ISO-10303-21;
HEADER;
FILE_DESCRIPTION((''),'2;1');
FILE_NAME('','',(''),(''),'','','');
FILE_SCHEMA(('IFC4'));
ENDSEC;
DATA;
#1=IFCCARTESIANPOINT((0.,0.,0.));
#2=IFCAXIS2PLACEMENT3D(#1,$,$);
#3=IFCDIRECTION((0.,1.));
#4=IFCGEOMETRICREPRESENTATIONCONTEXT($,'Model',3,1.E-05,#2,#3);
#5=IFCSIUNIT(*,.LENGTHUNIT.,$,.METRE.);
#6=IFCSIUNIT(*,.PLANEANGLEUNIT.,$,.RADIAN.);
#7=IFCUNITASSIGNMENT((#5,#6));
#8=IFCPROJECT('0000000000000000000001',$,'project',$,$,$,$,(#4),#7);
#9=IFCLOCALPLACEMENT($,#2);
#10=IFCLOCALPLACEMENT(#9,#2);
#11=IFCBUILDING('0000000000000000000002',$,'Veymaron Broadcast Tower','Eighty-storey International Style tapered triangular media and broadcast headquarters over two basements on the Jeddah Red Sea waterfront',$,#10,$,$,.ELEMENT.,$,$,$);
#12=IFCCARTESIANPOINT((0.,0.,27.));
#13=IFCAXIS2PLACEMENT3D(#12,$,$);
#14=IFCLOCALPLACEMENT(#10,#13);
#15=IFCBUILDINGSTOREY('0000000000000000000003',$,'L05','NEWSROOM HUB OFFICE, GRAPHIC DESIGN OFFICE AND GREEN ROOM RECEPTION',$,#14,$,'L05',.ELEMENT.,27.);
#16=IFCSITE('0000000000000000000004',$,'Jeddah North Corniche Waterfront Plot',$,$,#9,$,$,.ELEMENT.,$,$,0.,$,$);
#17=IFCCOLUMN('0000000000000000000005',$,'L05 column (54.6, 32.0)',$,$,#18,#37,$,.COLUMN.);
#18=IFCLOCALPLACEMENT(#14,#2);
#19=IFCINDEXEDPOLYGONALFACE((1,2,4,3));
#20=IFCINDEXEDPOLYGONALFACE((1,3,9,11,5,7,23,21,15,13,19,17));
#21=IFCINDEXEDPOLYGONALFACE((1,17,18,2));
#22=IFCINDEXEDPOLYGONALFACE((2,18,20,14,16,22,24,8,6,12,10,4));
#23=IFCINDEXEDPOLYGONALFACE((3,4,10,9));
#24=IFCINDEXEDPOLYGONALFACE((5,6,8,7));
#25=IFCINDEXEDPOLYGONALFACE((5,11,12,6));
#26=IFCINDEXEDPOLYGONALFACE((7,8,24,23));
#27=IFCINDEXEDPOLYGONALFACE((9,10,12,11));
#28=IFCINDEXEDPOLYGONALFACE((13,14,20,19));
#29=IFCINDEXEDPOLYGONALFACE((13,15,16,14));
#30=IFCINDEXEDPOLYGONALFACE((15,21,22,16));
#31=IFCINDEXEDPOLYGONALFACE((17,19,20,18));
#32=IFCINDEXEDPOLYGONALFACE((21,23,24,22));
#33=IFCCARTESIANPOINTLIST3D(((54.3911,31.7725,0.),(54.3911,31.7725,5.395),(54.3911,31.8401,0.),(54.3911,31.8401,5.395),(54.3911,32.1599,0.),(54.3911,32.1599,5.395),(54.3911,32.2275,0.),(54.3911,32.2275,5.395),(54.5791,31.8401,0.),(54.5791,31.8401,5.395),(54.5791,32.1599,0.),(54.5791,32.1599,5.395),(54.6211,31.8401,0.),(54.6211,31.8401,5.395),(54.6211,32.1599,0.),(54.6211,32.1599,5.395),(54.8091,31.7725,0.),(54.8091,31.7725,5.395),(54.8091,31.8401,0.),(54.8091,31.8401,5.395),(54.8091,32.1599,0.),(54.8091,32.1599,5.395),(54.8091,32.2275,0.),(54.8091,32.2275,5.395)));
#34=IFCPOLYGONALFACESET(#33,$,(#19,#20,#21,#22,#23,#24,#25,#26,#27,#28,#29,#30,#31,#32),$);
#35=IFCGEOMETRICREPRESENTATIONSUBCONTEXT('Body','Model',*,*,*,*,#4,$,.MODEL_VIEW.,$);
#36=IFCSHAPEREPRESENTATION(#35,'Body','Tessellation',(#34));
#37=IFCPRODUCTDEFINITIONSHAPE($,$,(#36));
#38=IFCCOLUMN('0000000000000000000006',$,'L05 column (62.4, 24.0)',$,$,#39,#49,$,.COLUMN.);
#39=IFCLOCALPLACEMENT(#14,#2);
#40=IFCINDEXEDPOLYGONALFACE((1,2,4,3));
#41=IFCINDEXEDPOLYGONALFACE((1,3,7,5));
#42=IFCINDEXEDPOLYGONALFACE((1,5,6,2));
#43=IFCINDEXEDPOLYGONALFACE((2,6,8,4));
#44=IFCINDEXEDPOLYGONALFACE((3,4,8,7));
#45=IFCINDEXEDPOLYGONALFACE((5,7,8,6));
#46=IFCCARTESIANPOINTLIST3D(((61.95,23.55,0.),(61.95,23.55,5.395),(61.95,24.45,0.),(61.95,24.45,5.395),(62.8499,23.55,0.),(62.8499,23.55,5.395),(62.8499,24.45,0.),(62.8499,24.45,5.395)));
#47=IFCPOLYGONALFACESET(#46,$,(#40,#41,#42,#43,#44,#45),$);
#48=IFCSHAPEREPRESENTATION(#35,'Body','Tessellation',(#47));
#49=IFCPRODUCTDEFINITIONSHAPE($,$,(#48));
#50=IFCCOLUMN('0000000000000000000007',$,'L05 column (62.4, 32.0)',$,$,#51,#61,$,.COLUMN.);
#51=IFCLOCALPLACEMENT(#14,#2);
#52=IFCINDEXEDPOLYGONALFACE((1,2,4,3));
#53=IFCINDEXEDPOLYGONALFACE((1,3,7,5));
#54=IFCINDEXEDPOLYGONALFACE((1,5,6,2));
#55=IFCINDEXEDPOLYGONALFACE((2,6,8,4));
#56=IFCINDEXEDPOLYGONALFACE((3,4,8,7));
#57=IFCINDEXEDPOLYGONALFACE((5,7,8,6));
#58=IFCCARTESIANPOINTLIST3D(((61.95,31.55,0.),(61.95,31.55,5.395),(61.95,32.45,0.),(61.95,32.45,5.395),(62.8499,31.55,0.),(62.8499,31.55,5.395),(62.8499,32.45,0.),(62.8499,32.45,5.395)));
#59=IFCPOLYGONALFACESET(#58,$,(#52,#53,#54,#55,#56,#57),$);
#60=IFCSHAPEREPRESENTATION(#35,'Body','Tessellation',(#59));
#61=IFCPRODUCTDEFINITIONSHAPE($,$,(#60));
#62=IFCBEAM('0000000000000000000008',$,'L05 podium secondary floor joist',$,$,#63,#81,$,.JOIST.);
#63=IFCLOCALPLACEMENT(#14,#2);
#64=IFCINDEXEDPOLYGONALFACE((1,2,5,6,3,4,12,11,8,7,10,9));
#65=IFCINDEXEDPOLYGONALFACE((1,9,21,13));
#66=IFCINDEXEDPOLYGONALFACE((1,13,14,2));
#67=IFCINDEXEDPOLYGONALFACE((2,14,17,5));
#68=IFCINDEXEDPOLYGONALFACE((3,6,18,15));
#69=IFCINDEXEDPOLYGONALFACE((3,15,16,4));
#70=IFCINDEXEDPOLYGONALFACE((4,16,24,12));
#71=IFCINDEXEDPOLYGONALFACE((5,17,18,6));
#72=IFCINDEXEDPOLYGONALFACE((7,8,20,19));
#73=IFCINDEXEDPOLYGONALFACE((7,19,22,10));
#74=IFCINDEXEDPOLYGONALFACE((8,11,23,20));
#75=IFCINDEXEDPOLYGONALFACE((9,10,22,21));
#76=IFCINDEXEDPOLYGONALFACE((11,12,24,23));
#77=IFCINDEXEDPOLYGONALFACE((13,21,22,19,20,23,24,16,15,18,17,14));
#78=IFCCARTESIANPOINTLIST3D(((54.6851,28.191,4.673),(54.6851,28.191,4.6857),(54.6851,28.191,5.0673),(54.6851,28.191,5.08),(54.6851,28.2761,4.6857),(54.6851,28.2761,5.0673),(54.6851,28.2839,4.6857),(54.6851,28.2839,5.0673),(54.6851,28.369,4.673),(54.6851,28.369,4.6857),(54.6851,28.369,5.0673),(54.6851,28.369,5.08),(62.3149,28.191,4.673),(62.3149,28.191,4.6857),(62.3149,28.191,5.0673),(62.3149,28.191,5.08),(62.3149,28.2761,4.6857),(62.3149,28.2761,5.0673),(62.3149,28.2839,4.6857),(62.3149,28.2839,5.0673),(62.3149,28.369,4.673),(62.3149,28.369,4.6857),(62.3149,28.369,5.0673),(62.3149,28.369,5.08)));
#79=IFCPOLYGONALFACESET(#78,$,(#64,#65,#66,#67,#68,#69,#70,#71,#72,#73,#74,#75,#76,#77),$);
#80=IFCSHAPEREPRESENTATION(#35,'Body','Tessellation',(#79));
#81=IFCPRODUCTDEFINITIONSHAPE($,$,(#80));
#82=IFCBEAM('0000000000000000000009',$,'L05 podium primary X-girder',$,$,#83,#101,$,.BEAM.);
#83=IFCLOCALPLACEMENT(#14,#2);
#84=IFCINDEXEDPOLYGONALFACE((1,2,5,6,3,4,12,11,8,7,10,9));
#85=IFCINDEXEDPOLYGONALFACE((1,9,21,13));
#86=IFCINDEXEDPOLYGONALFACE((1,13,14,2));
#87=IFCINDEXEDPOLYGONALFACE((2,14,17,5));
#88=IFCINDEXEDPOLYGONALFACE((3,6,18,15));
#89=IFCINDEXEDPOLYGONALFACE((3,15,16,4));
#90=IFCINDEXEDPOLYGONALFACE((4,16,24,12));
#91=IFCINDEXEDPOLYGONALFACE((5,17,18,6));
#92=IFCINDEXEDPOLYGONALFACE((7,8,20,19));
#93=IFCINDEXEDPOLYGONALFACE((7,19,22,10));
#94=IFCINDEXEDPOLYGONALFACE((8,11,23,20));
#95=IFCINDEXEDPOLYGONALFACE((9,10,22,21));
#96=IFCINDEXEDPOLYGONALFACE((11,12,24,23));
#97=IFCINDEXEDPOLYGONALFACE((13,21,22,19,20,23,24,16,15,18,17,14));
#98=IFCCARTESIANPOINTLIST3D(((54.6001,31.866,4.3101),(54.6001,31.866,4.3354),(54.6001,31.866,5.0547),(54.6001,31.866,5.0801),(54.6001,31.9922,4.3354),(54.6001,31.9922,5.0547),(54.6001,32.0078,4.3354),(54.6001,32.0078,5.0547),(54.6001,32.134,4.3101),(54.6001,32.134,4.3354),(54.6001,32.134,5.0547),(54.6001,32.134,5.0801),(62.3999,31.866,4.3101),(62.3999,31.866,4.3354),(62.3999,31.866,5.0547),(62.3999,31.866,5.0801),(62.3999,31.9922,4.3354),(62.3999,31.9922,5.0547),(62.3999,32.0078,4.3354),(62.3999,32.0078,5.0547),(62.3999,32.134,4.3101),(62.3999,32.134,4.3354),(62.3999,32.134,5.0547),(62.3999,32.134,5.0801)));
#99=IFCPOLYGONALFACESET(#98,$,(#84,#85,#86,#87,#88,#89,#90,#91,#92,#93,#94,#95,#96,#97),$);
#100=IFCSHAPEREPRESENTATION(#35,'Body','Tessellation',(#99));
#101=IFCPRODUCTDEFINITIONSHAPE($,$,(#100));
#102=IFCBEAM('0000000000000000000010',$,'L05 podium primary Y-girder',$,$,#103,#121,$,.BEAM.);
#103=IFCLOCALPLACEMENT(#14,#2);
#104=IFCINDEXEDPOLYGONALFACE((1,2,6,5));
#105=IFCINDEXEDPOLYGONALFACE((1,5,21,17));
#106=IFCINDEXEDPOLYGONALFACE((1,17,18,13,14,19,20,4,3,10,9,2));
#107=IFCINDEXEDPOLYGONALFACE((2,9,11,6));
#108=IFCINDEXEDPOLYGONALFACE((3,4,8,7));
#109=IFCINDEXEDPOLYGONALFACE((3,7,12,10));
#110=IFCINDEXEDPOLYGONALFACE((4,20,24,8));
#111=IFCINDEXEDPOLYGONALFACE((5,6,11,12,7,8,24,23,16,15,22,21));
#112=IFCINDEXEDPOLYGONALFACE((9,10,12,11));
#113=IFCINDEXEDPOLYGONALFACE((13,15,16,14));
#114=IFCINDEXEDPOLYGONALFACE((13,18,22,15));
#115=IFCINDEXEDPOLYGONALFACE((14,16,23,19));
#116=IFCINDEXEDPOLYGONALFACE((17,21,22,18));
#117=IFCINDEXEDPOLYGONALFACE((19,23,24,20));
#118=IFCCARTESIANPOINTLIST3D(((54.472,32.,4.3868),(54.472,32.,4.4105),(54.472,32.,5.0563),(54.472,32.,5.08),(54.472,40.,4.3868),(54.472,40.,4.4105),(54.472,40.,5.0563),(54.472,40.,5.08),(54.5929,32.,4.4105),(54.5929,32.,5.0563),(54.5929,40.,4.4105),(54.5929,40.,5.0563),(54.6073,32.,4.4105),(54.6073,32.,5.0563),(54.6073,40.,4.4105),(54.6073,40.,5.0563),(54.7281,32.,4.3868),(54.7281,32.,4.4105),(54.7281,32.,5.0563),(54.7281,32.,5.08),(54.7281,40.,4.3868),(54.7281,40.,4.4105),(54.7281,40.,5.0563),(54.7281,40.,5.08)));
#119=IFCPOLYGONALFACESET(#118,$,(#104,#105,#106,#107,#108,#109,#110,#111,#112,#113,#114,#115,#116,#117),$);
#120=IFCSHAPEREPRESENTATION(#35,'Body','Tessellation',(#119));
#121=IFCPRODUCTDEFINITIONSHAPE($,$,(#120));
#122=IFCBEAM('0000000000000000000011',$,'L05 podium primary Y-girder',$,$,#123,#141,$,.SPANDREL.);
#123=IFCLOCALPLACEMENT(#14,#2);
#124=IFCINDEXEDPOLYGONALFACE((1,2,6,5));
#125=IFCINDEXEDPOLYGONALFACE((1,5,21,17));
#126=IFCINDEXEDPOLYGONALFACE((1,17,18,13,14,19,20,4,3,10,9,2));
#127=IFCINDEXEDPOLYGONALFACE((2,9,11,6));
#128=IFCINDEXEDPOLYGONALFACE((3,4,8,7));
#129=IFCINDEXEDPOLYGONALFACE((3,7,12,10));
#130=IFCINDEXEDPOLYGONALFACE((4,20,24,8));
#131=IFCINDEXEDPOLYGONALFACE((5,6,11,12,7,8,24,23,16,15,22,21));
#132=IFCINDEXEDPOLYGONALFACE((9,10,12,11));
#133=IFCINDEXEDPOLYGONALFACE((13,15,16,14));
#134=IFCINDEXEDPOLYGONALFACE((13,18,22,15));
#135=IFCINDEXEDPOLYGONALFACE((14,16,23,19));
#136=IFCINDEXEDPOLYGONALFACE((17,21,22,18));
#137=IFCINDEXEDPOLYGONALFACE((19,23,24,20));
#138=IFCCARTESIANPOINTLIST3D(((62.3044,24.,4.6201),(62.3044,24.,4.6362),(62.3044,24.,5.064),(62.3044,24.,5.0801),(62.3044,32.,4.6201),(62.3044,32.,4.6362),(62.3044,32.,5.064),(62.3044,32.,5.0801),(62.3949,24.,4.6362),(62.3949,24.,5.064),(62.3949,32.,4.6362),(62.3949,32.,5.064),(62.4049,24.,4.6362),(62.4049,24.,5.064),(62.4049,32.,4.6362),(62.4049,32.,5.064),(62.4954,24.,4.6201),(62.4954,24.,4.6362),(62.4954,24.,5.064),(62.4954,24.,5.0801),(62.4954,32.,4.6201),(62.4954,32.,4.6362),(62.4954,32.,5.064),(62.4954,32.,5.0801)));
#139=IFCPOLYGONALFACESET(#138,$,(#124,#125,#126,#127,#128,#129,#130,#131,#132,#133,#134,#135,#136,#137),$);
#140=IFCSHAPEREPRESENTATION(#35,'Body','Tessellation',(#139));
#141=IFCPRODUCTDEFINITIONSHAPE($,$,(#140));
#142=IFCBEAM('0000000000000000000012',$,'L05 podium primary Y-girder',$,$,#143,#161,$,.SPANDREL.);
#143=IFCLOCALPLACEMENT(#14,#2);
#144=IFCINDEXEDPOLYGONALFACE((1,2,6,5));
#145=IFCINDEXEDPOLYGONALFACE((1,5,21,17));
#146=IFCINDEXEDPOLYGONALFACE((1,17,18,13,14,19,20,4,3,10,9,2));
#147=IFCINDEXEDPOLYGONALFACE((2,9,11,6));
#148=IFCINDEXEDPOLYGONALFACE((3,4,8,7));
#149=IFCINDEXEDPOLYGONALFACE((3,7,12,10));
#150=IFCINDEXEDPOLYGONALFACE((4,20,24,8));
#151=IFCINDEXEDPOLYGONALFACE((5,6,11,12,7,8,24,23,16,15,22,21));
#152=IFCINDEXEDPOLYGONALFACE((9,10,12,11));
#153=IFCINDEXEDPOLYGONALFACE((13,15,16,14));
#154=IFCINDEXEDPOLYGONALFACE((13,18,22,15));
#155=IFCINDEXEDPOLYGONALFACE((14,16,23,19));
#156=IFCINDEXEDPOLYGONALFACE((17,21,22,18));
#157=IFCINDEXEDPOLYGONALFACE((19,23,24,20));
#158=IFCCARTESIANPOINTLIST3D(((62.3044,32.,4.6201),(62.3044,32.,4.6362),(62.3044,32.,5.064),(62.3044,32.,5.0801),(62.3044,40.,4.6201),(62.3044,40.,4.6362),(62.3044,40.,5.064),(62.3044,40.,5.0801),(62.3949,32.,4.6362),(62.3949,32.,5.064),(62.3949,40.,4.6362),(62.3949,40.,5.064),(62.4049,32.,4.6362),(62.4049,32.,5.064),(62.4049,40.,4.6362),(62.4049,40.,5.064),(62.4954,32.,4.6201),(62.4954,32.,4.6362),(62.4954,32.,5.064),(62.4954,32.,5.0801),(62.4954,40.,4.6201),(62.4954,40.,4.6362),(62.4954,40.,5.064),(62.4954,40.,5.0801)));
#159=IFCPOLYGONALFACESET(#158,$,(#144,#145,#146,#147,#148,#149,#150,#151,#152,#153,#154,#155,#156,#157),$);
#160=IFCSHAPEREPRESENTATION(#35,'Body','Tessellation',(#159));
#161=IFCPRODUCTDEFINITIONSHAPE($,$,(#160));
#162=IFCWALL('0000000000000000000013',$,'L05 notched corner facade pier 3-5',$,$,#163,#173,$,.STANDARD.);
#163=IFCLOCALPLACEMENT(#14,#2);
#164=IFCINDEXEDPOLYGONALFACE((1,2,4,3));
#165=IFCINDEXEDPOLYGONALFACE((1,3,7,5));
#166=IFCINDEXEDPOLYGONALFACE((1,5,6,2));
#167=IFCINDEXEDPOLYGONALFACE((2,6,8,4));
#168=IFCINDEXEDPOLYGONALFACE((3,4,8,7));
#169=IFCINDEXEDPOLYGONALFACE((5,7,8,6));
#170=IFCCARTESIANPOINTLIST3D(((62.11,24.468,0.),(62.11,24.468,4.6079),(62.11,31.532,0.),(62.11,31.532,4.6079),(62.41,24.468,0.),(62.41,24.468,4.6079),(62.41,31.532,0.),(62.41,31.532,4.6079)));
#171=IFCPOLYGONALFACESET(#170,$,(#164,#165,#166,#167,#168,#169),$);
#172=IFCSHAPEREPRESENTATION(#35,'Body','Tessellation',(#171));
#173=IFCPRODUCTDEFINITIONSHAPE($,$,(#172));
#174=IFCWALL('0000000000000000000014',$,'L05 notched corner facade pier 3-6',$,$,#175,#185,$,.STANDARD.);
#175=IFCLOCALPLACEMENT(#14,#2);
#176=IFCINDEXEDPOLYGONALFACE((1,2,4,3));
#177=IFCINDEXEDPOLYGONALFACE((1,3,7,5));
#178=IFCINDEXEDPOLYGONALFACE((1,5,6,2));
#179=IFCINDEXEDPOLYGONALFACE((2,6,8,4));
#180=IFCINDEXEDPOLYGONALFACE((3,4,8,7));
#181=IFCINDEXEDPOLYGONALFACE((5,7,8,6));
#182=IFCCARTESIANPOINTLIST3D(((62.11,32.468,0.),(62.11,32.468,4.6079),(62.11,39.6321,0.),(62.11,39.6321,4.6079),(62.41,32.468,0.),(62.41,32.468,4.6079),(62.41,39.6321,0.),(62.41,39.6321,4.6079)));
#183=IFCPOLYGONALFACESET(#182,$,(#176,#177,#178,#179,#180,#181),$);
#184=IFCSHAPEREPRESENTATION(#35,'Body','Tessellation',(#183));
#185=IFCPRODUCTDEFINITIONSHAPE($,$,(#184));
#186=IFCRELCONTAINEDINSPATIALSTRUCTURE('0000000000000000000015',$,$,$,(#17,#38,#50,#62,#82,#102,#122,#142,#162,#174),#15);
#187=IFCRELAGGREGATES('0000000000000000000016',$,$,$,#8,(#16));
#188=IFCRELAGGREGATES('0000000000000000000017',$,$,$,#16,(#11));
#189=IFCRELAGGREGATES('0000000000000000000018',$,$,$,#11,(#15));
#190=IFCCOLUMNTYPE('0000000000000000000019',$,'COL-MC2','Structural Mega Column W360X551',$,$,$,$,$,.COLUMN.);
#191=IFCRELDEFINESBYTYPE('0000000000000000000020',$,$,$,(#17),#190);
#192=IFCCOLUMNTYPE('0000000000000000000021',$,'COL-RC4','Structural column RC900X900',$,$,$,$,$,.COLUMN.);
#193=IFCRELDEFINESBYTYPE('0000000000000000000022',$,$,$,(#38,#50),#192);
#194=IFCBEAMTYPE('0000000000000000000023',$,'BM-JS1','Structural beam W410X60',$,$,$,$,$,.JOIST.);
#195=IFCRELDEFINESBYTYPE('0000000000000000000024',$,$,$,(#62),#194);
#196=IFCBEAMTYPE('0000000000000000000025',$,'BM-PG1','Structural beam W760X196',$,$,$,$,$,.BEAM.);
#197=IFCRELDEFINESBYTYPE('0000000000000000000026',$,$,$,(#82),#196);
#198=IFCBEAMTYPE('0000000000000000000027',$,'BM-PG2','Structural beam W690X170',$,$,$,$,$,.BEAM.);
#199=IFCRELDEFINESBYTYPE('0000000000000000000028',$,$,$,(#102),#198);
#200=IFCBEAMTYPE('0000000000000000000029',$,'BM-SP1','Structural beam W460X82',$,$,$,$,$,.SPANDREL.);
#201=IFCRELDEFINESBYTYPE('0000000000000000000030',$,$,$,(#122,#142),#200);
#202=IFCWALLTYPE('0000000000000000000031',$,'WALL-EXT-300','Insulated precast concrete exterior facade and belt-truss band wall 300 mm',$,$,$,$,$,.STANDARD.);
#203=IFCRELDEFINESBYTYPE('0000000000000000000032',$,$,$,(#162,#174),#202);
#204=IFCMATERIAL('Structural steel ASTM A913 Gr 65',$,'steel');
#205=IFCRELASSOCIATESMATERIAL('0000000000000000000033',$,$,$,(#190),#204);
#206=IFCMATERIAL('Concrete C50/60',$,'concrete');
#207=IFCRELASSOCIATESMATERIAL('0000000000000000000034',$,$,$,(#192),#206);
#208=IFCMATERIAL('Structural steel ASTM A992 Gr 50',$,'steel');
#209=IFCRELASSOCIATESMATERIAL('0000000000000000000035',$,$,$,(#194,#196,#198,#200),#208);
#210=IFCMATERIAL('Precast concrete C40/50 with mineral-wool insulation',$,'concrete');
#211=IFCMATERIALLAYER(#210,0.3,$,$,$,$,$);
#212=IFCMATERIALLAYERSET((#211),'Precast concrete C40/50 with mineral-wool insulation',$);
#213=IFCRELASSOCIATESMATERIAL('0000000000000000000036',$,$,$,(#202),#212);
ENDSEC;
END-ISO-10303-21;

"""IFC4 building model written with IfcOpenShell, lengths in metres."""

from ifc_helpers import new_model, si_unit, direction, frame, frame_2d, origin, origin_2d, place, context, subcontext, project, spatial, rectangle, i_section, extrude, material, layer, layer_set, material_profile, profile_set, type_object, element, save


model = new_model("IFC4")

# Units and contexts
model_context = context("Model", 3, precision=1e-05, world=origin(), true_north=direction((0.0, 1.0)))
body_context = subcontext(model_context, "Body", "Model", "MODEL_VIEW")
ifc_project = project(units=[si_unit("LENGTHUNIT", "METRE"), si_unit("PLANEANGLEUNIT", "RADIAN")], contexts=[model_context])

# Site, building, storey
site_placement = place(None, origin())
site = spatial("IfcSite", under=ifc_project, at=site_placement, Name="Jeddah North Corniche Waterfront Plot", CompositionType="ELEMENT", RefElevation=0.0)
building_placement = place(site_placement, origin())
building = spatial("IfcBuilding", under=site, at=building_placement, Name="Veymaron Broadcast Tower", Description="Eighty-storey International Style tapered triangular media and broadcast headquarters over two basements on the Jeddah Red Sea waterfront", CompositionType="ELEMENT")
storey_placement = place(building_placement, frame((0.0, 0.0, 27.0)))
storey = spatial("IfcBuildingStorey", under=building, at=storey_placement, Name="L05", Description="NEWSROOM HUB OFFICE, GRAPHIC DESIGN OFFICE AND GREEN ROOM RECEPTION", LongName="L05", CompositionType="ELEMENT", Elevation=27.0)

# Columns
ifc_material_1 = material(Name="Structural steel ASTM A913 Gr 65", Category="steel")
ifc_material_profile_1 = material_profile(ifc_material_1, i_section(OverallWidth=0.418, OverallDepth=0.4551, WebThickness=0.042, FlangeThickness=0.0676, at=origin_2d()), Name="W360X551")
ifc_profile_set_1 = profile_set([ifc_material_profile_1], Name="Structural steel ASTM A913 Gr 65")
column_type_1 = type_object("IfcColumnType", Name="COL-MC2", Description="Structural Mega Column W360X551", PredefinedType="COLUMN", material=ifc_profile_set_1)
column_placement = place(storey_placement, frame((54.6001, 32.0, 0.0), z_axis=(0.0, 0.0, 1.0), x_axis=(1.0, 0.0, 0.0)))
element("IfcColumn", 1, at=column_placement, inside=storey, type_object=column_type_1, Name="L05 column (54.6, 32.0)", PredefinedType="COLUMN", context=body_context, shape_type="SweptSolid", body=[
    extrude(i_section(OverallWidth=0.418, OverallDepth=0.4551, WebThickness=0.042, FlangeThickness=0.0676, at=origin_2d()), origin(), (0.0, 0.0, 1.0), 5.395),
])
ifc_material_2 = material(Name="Concrete C50/60", Category="concrete")
ifc_material_profile_2 = material_profile(ifc_material_2, rectangle(XDim=0.8999, YDim=0.8999, at=origin_2d()), Name="RC900X900")
ifc_profile_set_2 = profile_set([ifc_material_profile_2], Name="Concrete C50/60")
column_type_2 = type_object("IfcColumnType", Name="COL-RC4", Description="Structural column RC900X900", PredefinedType="COLUMN", material=ifc_profile_set_2)
for number, where, z_axis, x_axis, name in (
    (2, (62.3999, 24.0, 0.0), (0.0, 0.0, 1.0), (1.0, 0.0, 0.0), "L05 column (62.4, 24.0)"),
    (3, (62.3999, 32.0, 0.0), (0.0, 0.0, 1.0), (1.0, 0.0, 0.0), "L05 column (62.4, 32.0)"),
):
    element("IfcColumn", number, at=place(storey_placement, frame(where, z_axis=z_axis, x_axis=x_axis)), inside=storey, type_object=column_type_2, Name=name, PredefinedType="COLUMN", context=body_context, shape_type="SweptSolid", body=[
        extrude(rectangle(XDim=0.8999, YDim=0.8999, at=origin_2d()), origin(), (0.0, 0.0, 1.0), 5.395),
    ])

# Beams
ifc_material_3 = material(Name="Structural steel ASTM A992 Gr 50", Category="steel")
ifc_material_profile_3 = material_profile(ifc_material_3, i_section(OverallWidth=0.178, OverallDepth=0.407, WebThickness=0.0078, FlangeThickness=0.0127, at=origin_2d()), Name="W410X60")
ifc_profile_set_3 = profile_set([ifc_material_profile_3], Name="Structural steel ASTM A992 Gr 50")
beam_type_1 = type_object("IfcBeamType", Name="BM-JS1", Description="Structural beam W410X60", PredefinedType="JOIST", material=ifc_profile_set_3)
beam_1_placement = place(storey_placement, frame((54.6851, 28.28, 4.8765), z_axis=(1.0, 0.0, 0.0), x_axis=(0.0, 1.0, 0.0)))
element("IfcBeam", 4, at=beam_1_placement, inside=storey, type_object=beam_type_1, Name="L05 podium secondary floor joist", PredefinedType="JOIST", context=body_context, shape_type="SweptSolid", body=[
    extrude(i_section(OverallWidth=0.178, OverallDepth=0.407, WebThickness=0.0078, FlangeThickness=0.0127, at=origin_2d()), origin(), (0.0, 0.0, 1.0), 7.6299),
])
ifc_material_profile_4 = material_profile(ifc_material_3, i_section(OverallWidth=0.2681, OverallDepth=0.77, WebThickness=0.0156, FlangeThickness=0.0254, at=origin_2d()), Name="W760X196")
ifc_profile_set_4 = profile_set([ifc_material_profile_4], Name="Structural steel ASTM A992 Gr 50")
beam_type_2 = type_object("IfcBeamType", Name="BM-PG1", Description="Structural beam W760X196", PredefinedType="BEAM", material=ifc_profile_set_4)
beam_2_placement = place(storey_placement, frame((54.6001, 32.0, 4.6951), z_axis=(1.0, 0.0, 0.0), x_axis=(0.0, 1.0, 0.0)))
element("IfcBeam", 5, at=beam_2_placement, inside=storey, type_object=beam_type_2, Name="L05 podium primary X-girder", PredefinedType="BEAM", context=body_context, shape_type="SweptSolid", body=[
    extrude(i_section(OverallWidth=0.2681, OverallDepth=0.77, WebThickness=0.0156, FlangeThickness=0.0254, at=origin_2d()), origin(), (0.0, 0.0, 1.0), 7.7998),
])
ifc_material_profile_5 = material_profile(ifc_material_3, i_section(OverallWidth=0.2561, OverallDepth=0.6931, WebThickness=0.0144, FlangeThickness=0.0237, at=origin_2d()), Name="W690X170")
ifc_profile_set_5 = profile_set([ifc_material_profile_5], Name="Structural steel ASTM A992 Gr 50")
beam_type_3 = type_object("IfcBeamType", Name="BM-PG2", Description="Structural beam W690X170", PredefinedType="BEAM", material=ifc_profile_set_5)
beam_3_placement = place(storey_placement, frame((54.6001, 32.0, 4.7334), z_axis=(0.0, 1.0, 0.0), x_axis=(-1.0, 0.0, 0.0)))
element("IfcBeam", 6, at=beam_3_placement, inside=storey, type_object=beam_type_3, Name="L05 podium primary Y-girder", PredefinedType="BEAM", context=body_context, shape_type="SweptSolid", body=[
    extrude(i_section(OverallWidth=0.2561, OverallDepth=0.6931, WebThickness=0.0144, FlangeThickness=0.0237, at=origin_2d()), origin(), (0.0, 0.0, 1.0), 8.0),
])
ifc_material_profile_6 = material_profile(ifc_material_3, i_section(OverallWidth=0.1909, OverallDepth=0.46, WebThickness=0.01, FlangeThickness=0.0161, at=origin_2d()), Name="W460X82")
ifc_profile_set_6 = profile_set([ifc_material_profile_6], Name="Structural steel ASTM A992 Gr 50")
beam_type_4 = type_object("IfcBeamType", Name="BM-SP1", Description="Structural beam W460X82", PredefinedType="SPANDREL", material=ifc_profile_set_6)
for number, where, z_axis, x_axis, name in (
    (7, (62.3999, 24.0, 4.8501), (0.0, 1.0, 0.0), (-1.0, 0.0, 0.0), "L05 podium primary Y-girder"),
    (8, (62.3999, 32.0, 4.8501), (0.0, 1.0, 0.0), (-1.0, 0.0, 0.0), "L05 podium primary Y-girder"),
):
    element("IfcBeam", number, at=place(storey_placement, frame(where, z_axis=z_axis, x_axis=x_axis)), inside=storey, type_object=beam_type_4, Name=name, PredefinedType="SPANDREL", context=body_context, shape_type="SweptSolid", body=[
        extrude(i_section(OverallWidth=0.1909, OverallDepth=0.46, WebThickness=0.01, FlangeThickness=0.0161, at=origin_2d()), origin(), (0.0, 0.0, 1.0), 8.0),
    ])

# Walls
ifc_material_4 = material(Name="Precast concrete C40/50 with mineral-wool insulation", Category="concrete")
ifc_layer_1 = layer(ifc_material_4, 0.3)
ifc_layer_set_1 = layer_set([ifc_layer_1], Name="Precast concrete C40/50 with mineral-wool insulation")
wall_type_1 = type_object("IfcWallType", Name="WALL-EXT-300", Description="Insulated precast concrete exterior facade and belt-truss band wall 300 mm", PredefinedType="STANDARD", material=ifc_layer_set_1)
wall_1_placement = place(storey_placement, frame((62.26, 24.468, 0.0), z_axis=(0.0, 0.0, 1.0), x_axis=(0.0, 1.0, 0.0)))
element("IfcWall", 9, at=wall_1_placement, inside=storey, type_object=wall_type_1, Name="L05 notched corner facade pier 3-5", PredefinedType="STANDARD", context=body_context, shape_type="SweptSolid", body=[
    extrude(rectangle(XDim=7.064, YDim=0.3, at=frame_2d((3.532, 0.0))), origin(), (0.0, 0.0, 1.0), 4.6079),
])
wall_2_placement = place(storey_placement, frame((62.26, 32.468, 0.0), z_axis=(0.0, 0.0, 1.0), x_axis=(0.0, 1.0, 0.0)))
element("IfcWall", 10, at=wall_2_placement, inside=storey, type_object=wall_type_1, Name="L05 notched corner facade pier 3-6", PredefinedType="STANDARD", context=body_context, shape_type="SweptSolid", body=[
    extrude(rectangle(XDim=7.1641, YDim=0.3, at=frame_2d((3.582, 0.0))), origin(), (0.0, 0.0, 1.0), 4.6079),
])

save(model, "model.ifc")
